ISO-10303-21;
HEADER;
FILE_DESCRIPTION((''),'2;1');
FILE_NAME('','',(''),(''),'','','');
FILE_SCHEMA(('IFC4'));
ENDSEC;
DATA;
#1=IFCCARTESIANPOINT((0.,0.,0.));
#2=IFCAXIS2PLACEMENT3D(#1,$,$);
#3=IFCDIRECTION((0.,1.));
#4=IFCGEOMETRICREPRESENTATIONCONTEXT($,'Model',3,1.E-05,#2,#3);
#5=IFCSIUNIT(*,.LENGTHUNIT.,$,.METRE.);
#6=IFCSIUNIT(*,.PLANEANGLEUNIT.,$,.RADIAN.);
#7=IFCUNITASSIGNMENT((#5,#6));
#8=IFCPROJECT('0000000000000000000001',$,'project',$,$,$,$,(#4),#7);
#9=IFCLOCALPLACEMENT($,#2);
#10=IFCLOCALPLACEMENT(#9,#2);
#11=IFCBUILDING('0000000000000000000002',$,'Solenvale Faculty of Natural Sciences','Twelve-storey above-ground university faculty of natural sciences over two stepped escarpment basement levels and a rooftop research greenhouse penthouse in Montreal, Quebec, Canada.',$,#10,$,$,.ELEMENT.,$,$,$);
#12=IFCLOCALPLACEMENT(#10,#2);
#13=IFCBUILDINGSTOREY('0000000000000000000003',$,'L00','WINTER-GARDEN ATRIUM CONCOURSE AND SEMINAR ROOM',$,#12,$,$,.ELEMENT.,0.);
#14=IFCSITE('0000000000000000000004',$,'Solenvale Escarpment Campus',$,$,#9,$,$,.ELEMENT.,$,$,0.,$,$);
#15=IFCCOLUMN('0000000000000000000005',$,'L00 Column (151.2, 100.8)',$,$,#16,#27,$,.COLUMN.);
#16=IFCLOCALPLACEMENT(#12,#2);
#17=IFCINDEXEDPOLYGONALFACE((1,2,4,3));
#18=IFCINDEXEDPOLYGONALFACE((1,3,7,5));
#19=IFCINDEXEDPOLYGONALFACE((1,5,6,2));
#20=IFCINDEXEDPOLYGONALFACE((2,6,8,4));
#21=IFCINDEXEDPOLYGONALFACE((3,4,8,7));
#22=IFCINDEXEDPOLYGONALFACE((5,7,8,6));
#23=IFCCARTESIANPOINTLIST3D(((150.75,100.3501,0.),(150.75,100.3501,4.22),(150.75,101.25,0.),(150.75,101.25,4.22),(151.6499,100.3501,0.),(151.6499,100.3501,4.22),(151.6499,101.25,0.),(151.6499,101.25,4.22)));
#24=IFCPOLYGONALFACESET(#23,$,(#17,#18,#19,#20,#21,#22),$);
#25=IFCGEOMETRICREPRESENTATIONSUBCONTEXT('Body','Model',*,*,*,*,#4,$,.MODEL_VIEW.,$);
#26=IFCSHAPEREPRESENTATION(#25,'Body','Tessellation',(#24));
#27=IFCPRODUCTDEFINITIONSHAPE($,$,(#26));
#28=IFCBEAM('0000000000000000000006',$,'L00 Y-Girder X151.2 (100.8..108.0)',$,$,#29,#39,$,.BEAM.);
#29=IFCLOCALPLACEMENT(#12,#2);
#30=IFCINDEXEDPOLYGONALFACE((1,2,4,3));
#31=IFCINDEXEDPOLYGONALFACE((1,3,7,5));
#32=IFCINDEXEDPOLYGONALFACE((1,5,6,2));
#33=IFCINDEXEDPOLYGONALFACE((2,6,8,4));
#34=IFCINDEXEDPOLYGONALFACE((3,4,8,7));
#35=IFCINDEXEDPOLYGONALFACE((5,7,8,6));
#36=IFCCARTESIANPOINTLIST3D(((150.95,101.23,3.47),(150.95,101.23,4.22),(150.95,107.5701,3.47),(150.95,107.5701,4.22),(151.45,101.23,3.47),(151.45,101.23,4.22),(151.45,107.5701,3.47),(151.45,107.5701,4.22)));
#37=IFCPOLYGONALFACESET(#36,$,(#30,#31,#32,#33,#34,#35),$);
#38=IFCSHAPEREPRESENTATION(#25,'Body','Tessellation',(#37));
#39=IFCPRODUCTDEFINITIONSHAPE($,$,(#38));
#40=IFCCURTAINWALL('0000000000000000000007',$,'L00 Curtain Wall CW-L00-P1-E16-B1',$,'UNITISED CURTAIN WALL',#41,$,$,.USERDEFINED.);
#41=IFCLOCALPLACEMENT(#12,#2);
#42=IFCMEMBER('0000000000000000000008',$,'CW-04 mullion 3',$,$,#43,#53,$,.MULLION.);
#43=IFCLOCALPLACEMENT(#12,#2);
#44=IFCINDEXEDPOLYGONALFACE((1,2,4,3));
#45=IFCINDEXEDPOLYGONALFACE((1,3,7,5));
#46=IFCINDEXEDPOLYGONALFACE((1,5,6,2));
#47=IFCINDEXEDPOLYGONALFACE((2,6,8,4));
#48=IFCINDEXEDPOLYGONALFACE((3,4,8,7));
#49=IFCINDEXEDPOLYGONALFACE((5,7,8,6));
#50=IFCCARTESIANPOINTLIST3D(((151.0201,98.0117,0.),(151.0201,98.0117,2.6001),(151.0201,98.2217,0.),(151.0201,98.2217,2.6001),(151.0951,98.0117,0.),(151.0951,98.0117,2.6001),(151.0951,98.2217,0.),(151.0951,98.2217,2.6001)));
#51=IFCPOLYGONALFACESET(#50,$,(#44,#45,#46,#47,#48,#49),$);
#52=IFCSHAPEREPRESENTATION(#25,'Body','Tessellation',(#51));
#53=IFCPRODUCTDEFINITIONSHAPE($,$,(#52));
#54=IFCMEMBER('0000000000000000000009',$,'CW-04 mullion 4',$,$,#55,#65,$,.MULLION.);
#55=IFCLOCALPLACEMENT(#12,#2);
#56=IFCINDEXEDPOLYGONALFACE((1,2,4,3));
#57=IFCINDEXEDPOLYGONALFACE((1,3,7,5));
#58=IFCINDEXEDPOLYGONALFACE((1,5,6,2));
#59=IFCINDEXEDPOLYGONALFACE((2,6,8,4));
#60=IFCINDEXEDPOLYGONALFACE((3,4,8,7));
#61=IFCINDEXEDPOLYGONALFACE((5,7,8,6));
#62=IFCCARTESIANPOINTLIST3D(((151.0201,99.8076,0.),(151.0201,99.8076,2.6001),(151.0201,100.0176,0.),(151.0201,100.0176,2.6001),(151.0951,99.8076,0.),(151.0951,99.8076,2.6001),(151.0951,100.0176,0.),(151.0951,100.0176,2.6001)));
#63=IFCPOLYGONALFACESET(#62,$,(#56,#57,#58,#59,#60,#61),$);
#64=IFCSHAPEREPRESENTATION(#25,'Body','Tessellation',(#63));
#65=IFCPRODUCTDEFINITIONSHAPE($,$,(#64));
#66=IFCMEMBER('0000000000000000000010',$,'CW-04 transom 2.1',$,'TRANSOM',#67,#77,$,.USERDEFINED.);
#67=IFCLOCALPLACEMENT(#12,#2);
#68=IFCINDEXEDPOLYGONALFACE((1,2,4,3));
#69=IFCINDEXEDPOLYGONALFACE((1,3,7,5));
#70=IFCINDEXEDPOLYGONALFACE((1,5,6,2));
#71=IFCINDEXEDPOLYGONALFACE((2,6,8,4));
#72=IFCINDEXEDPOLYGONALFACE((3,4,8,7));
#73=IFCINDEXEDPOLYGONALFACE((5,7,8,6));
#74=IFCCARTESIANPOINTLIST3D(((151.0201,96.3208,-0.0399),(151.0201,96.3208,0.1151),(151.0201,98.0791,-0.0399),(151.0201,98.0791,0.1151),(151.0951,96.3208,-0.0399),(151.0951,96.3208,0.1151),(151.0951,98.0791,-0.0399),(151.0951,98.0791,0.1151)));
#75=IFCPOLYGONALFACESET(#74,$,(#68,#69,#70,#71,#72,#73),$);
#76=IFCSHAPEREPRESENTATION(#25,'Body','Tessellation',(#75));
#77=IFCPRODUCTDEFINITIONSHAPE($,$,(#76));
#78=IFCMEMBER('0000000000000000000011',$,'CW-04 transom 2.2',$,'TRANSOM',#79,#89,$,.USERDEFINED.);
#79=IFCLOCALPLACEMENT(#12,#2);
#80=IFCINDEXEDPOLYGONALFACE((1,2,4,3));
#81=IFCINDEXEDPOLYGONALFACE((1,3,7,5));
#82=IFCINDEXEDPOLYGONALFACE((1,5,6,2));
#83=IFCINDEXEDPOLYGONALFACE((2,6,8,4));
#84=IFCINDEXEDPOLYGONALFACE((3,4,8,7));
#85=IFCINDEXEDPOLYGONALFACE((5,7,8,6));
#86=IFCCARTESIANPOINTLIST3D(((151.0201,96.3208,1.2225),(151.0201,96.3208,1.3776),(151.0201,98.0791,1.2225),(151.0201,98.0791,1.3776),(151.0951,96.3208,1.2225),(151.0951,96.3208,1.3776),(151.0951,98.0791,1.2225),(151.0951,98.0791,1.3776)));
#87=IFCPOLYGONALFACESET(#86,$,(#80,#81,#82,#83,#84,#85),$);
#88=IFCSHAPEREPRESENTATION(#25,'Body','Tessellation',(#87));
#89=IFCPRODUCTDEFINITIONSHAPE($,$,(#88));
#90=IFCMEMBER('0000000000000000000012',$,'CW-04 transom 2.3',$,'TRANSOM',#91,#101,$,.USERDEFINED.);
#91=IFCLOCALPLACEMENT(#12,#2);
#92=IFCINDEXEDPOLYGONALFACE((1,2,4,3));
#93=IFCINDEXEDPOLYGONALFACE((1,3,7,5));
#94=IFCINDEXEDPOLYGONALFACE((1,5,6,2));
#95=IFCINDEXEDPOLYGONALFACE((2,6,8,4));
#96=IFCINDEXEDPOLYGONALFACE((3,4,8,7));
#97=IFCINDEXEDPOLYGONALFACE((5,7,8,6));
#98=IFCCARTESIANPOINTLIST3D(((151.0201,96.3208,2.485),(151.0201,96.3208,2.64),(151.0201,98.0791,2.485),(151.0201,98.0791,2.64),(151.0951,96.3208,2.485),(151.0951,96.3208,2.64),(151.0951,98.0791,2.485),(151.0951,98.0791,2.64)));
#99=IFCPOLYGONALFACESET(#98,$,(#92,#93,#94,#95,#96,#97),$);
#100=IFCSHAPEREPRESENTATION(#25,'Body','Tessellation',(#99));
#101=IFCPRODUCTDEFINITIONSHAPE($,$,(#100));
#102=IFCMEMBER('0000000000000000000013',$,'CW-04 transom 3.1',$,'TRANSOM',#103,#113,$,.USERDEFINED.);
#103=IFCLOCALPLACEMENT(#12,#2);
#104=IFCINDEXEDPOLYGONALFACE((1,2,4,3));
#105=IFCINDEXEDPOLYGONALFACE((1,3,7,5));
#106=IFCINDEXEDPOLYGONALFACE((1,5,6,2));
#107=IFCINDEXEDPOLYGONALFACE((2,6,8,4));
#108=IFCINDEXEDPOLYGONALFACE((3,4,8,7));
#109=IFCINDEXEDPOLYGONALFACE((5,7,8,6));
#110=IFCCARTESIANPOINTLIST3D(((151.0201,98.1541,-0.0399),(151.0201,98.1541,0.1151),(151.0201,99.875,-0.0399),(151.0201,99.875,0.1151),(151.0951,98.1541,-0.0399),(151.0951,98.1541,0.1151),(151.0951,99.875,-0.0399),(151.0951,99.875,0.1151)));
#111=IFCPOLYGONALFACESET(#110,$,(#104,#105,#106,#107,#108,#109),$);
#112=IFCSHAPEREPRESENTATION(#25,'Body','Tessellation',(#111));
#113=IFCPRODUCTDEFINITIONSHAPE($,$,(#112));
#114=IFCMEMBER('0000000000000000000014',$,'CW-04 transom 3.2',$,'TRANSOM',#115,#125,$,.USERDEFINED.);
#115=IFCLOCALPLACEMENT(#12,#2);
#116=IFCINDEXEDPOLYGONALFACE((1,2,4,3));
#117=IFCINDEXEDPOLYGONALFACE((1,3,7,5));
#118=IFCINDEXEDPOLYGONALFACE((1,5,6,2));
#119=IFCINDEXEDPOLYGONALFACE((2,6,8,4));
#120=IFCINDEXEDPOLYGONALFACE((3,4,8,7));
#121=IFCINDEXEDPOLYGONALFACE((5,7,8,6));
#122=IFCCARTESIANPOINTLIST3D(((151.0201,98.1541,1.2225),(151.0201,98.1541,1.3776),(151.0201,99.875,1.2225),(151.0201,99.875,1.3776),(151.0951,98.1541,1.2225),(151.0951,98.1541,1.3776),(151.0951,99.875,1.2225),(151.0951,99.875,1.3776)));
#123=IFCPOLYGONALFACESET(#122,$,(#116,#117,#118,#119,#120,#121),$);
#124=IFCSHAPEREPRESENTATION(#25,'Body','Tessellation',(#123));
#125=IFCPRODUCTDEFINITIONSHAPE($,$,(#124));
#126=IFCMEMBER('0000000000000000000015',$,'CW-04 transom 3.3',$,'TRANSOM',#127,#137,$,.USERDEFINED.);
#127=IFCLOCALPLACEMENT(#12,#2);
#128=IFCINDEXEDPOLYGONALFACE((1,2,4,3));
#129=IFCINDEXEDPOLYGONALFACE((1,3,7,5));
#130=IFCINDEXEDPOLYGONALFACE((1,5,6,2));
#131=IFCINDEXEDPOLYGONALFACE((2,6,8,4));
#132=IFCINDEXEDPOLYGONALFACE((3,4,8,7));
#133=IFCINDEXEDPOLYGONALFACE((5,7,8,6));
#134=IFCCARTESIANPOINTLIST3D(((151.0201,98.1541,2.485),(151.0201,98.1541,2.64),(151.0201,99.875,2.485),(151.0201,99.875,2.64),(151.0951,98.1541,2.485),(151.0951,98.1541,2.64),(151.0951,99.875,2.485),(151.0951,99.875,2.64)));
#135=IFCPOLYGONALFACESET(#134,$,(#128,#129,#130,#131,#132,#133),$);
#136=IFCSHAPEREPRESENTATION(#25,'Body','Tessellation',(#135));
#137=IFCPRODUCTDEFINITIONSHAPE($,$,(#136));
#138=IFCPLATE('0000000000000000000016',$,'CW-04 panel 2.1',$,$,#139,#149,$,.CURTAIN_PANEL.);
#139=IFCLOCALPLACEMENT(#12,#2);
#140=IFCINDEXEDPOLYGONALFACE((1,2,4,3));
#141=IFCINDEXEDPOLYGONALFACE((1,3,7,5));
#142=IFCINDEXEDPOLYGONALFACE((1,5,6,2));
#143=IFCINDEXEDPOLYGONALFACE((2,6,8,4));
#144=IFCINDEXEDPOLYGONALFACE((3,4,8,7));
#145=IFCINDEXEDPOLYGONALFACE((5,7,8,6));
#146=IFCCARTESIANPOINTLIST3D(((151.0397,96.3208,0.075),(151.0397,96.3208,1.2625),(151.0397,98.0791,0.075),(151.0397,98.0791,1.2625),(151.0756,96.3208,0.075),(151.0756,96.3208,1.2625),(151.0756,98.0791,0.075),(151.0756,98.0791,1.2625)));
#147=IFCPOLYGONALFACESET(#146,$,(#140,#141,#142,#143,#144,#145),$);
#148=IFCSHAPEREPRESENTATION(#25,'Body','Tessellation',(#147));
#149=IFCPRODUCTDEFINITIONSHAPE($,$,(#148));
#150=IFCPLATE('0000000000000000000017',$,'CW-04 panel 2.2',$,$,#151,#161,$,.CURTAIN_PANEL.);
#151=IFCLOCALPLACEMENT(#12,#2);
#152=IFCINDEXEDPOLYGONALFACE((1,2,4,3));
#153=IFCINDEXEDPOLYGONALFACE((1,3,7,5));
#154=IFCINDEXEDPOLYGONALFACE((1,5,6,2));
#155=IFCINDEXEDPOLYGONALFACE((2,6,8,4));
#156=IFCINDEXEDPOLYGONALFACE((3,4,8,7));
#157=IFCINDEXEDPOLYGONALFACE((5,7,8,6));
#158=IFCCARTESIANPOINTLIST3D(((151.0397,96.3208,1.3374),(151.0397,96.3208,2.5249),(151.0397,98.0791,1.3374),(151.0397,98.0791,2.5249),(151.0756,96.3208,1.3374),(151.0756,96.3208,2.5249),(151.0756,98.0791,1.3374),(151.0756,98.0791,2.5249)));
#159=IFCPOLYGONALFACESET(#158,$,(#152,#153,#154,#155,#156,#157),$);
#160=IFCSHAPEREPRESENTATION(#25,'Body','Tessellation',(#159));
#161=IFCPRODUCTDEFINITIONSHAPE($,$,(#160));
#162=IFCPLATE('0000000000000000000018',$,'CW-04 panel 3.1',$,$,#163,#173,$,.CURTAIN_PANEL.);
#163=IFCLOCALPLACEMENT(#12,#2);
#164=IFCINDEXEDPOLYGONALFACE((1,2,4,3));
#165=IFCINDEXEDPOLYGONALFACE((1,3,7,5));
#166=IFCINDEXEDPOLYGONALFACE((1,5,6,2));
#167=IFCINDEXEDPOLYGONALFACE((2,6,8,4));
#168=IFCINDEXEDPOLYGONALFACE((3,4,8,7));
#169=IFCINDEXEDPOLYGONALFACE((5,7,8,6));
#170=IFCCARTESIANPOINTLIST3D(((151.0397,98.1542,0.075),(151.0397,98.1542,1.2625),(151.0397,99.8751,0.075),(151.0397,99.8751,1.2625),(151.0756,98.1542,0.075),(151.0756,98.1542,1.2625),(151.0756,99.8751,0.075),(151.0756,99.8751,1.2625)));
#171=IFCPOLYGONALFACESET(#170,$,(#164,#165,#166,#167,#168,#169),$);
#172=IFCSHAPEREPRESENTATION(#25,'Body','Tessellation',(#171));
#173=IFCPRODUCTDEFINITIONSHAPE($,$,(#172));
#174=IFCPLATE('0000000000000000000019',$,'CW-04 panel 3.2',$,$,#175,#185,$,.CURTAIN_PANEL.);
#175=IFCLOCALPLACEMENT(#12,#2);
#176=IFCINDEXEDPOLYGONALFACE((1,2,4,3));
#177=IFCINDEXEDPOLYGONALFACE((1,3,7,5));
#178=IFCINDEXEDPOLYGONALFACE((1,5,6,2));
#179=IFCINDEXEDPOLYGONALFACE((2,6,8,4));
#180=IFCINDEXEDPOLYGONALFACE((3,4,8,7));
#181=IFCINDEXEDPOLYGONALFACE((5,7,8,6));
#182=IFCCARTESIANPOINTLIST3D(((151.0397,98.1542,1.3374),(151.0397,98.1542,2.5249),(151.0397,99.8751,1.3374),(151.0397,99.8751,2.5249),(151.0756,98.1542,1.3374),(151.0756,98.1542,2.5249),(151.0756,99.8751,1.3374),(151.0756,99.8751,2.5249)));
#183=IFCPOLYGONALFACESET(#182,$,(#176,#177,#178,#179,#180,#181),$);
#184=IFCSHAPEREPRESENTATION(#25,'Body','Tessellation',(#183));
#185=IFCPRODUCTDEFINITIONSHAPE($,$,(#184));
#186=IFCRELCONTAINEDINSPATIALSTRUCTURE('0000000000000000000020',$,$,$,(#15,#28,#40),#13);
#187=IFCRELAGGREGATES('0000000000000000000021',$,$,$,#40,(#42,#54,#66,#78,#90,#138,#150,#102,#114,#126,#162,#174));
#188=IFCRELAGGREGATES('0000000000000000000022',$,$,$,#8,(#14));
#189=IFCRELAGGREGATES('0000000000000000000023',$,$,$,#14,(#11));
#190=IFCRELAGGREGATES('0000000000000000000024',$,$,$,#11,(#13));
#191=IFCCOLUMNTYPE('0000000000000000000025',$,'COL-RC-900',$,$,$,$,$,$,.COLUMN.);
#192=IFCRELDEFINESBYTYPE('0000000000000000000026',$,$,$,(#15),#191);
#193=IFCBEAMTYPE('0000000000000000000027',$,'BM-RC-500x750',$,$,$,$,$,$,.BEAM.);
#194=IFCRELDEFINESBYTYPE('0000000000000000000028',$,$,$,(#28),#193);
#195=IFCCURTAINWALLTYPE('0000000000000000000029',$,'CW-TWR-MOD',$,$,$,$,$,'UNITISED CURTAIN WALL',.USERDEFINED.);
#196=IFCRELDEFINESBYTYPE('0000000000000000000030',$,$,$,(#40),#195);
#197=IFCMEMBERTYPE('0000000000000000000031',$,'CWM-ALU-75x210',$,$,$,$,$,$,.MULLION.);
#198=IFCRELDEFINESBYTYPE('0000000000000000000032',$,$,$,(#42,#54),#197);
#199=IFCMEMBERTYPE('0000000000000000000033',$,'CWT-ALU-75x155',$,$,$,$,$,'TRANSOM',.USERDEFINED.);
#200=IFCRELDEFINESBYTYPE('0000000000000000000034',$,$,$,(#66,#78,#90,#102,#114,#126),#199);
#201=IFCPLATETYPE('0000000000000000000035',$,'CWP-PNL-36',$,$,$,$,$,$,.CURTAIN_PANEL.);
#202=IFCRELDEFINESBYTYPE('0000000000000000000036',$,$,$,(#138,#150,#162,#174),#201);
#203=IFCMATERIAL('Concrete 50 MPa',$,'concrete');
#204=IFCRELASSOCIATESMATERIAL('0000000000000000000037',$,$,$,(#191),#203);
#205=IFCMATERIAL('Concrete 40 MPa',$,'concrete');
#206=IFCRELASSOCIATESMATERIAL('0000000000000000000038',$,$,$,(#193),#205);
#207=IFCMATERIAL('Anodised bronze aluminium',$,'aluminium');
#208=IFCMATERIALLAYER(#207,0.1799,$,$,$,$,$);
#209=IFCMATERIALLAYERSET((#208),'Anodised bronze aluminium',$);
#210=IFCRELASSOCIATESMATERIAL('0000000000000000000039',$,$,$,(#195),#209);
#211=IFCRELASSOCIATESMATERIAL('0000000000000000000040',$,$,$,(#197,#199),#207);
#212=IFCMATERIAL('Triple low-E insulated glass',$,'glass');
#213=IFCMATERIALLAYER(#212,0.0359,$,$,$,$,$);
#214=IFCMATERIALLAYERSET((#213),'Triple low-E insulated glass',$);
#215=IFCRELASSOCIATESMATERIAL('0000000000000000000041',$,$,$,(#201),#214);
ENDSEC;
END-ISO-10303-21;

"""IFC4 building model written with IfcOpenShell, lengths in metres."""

from ifc_helpers import new_model, si_unit, direction, frame, origin, origin_2d, place, context, subcontext, project, spatial, rectangle, extrude, material, layer, layer_set, material_profile, profile_set, type_object, element, aggregate, save


model = new_model("IFC4")

# Units and contexts
model_context = context("Model", 3, precision=1e-05, world=origin(), true_north=direction((0.0, 1.0)))
body_context = subcontext(model_context, "Body", "Model", "MODEL_VIEW")
ifc_project = project(units=[si_unit("LENGTHUNIT", "METRE"), si_unit("PLANEANGLEUNIT", "RADIAN")], contexts=[model_context])

# Site, building, storey
site_placement = place(None, origin())
site = spatial("IfcSite", under=ifc_project, at=site_placement, Name="Solenvale Escarpment Campus", CompositionType="ELEMENT", RefElevation=0.0)
building_placement = place(site_placement, origin())
building = spatial("IfcBuilding", under=site, at=building_placement, Name="Solenvale Faculty of Natural Sciences", Description="Twelve-storey above-ground university faculty of natural sciences over two stepped escarpment basement levels and a rooftop research greenhouse penthouse in Montreal, Quebec, Canada.", CompositionType="ELEMENT")
storey_placement = place(building_placement, origin())
storey = spatial("IfcBuildingStorey", under=building, at=storey_placement, Name="L00", Description="WINTER-GARDEN ATRIUM CONCOURSE AND SEMINAR ROOM", CompositionType="ELEMENT", Elevation=0.0)

# Column
ifc_material_1 = material(Name="Concrete 50 MPa", Category="concrete")
ifc_material_profile_1 = material_profile(ifc_material_1, rectangle(XDim=0.8999, YDim=0.8999, at=origin_2d()), Name="RC-COL-900x900")
ifc_profile_set_1 = profile_set([ifc_material_profile_1], Name="Concrete 50 MPa")
column_type = type_object("IfcColumnType", Name="COL-RC-900", PredefinedType="COLUMN", material=ifc_profile_set_1)
column_placement = place(storey_placement, frame((151.2, 100.8, 0.0), z_axis=(0.0, 0.0, 1.0), x_axis=(1.0, 0.0, 0.0)))
element("IfcColumn", 1, at=column_placement, inside=storey, type_object=column_type, Name="L00 Column (151.2, 100.8)", PredefinedType="COLUMN", context=body_context, shape_type="SweptSolid", body=[
    extrude(rectangle(XDim=0.8999, YDim=0.8999, at=origin_2d()), origin(), (0.0, 0.0, 1.0), 4.22),
])

# Beam
ifc_material_2 = material(Name="Concrete 40 MPa", Category="concrete")
ifc_material_profile_2 = material_profile(ifc_material_2, rectangle(XDim=0.5, YDim=0.75, at=origin_2d()), Name="RC-BM-500x750")
ifc_profile_set_2 = profile_set([ifc_material_profile_2], Name="Concrete 40 MPa")
beam_type = type_object("IfcBeamType", Name="BM-RC-500x750", PredefinedType="BEAM", material=ifc_profile_set_2)
beam_placement = place(storey_placement, frame((151.2, 101.23, 3.845), z_axis=(0.0, 1.0, 0.0), x_axis=(-1.0, 0.0, 0.0)))
element("IfcBeam", 2, at=beam_placement, inside=storey, type_object=beam_type, Name="L00 Y-Girder X151.2 (100.8..108.0)", PredefinedType="BEAM", context=body_context, shape_type="SweptSolid", body=[
    extrude(rectangle(XDim=0.5, YDim=0.75, at=origin_2d()), origin(), (0.0, 0.0, 1.0), 6.3401),
])

# Curtain wall, members, plates
ifc_material_3 = material(Name="Anodised bronze aluminium", Category="aluminium")
ifc_layer_1 = layer(ifc_material_3, 0.1799)
ifc_layer_set_1 = layer_set([ifc_layer_1], Name="Anodised bronze aluminium")
curtain_wall_type = type_object("IfcCurtainWallType", Name="CW-TWR-MOD", ElementType="UNITISED CURTAIN WALL", PredefinedType="USERDEFINED", material=ifc_layer_set_1)
curtain_wall_placement = place(storey_placement, origin())
curtain_wall = element("IfcCurtainWall", 3, at=curtain_wall_placement, inside=storey, type_object=curtain_wall_type, Name="L00 Curtain Wall CW-L00-P1-E16-B1", ObjectType="UNITISED CURTAIN WALL", PredefinedType="USERDEFINED")
ifc_material_profile_3 = material_profile(ifc_material_3, rectangle(XDim=0.075, YDim=0.21, at=origin_2d()), Name="ALU-MUL-75x210")
ifc_profile_set_3 = profile_set([ifc_material_profile_3], Name="Anodised bronze aluminium")
member_type_1 = type_object("IfcMemberType", Name="CWM-ALU-75x210", PredefinedType="MULLION", material=ifc_profile_set_3)
member_1_placement = place(storey_placement, frame((151.0576, 98.1167, 0.0), z_axis=(0.0, 0.0, 1.0), x_axis=(-1.0, 0.0, 0.0)))
member_1 = element("IfcMember", 4, at=member_1_placement, type_object=member_type_1, Name="CW-04 mullion 3", PredefinedType="MULLION", context=body_context, shape_type="SweptSolid", body=[
    extrude(rectangle(XDim=0.075, YDim=0.21, at=origin_2d()), origin(), (0.0, 0.0, 1.0), 2.6001),
])
member_2_placement = place(storey_placement, frame((151.0576, 99.9126, 0.0), z_axis=(0.0, 0.0, 1.0), x_axis=(-1.0, 0.0, 0.0)))
member_2 = element("IfcMember", 5, at=member_2_placement, type_object=member_type_1, Name="CW-04 mullion 4", PredefinedType="MULLION", context=body_context, shape_type="SweptSolid", body=[
    extrude(rectangle(XDim=0.075, YDim=0.21, at=origin_2d()), origin(), (0.0, 0.0, 1.0), 2.6001),
])
ifc_material_profile_4 = material_profile(ifc_material_3, rectangle(XDim=0.075, YDim=0.155, at=origin_2d()), Name="ALU-TRN-75x155")
ifc_profile_set_4 = profile_set([ifc_material_profile_4], Name="Anodised bronze aluminium")
member_type_2 = type_object("IfcMemberType", Name="CWT-ALU-75x155", ElementType="TRANSOM", PredefinedType="USERDEFINED", material=ifc_profile_set_4)
member_3_placement = place(storey_placement, frame((151.0576, 96.3208, 0.0376), z_axis=(0.0, 1.0, 0.0), x_axis=(-1.0, 0.0, 0.0)))
member_3 = element("IfcMember", 6, at=member_3_placement, type_object=member_type_2, Name="CW-04 transom 2.1", ObjectType="TRANSOM", PredefinedType="USERDEFINED", context=body_context, shape_type="SweptSolid", body=[
    extrude(rectangle(XDim=0.075, YDim=0.155, at=origin_2d()), origin(), (0.0, 0.0, 1.0), 1.7583),
])
member_4_placement = place(storey_placement, frame((151.0576, 96.3208, 1.3), z_axis=(0.0, 1.0, 0.0), x_axis=(-1.0, 0.0, 0.0)))
member_4 = element("IfcMember", 7, at=member_4_placement, type_object=member_type_2, Name="CW-04 transom 2.2", ObjectType="TRANSOM", PredefinedType="USERDEFINED", context=body_context, shape_type="SweptSolid", body=[
    extrude(rectangle(XDim=0.075, YDim=0.155, at=origin_2d()), origin(), (0.0, 0.0, 1.0), 1.7583),
])
member_5_placement = place(storey_placement, frame((151.0576, 96.3208, 2.5625), z_axis=(0.0, 1.0, 0.0), x_axis=(-1.0, 0.0, 0.0)))
member_5 = element("IfcMember", 8, at=member_5_placement, type_object=member_type_2, Name="CW-04 transom 2.3", ObjectType="TRANSOM", PredefinedType="USERDEFINED", context=body_context, shape_type="SweptSolid", body=[
    extrude(rectangle(XDim=0.075, YDim=0.155, at=origin_2d()), origin(), (0.0, 0.0, 1.0), 1.7583),
])
member_6_placement = place(storey_placement, frame((151.0576, 98.1541, 0.0376), z_axis=(0.0, 1.0, 0.0), x_axis=(-1.0, 0.0, 0.0)))
member_6 = element("IfcMember", 9, at=member_6_placement, type_object=member_type_2, Name="CW-04 transom 3.1", ObjectType="TRANSOM", PredefinedType="USERDEFINED", context=body_context, shape_type="SweptSolid", body=[
    extrude(rectangle(XDim=0.075, YDim=0.155, at=origin_2d()), origin(), (0.0, 0.0, 1.0), 1.7209),
])
member_7_placement = place(storey_placement, frame((151.0576, 98.1541, 1.3), z_axis=(0.0, 1.0, 0.0), x_axis=(-1.0, 0.0, 0.0)))
member_7 = element("IfcMember", 10, at=member_7_placement, type_object=member_type_2, Name="CW-04 transom 3.2", ObjectType="TRANSOM", PredefinedType="USERDEFINED", context=body_context, shape_type="SweptSolid", body=[
    extrude(rectangle(XDim=0.075, YDim=0.155, at=origin_2d()), origin(), (0.0, 0.0, 1.0), 1.7209),
])
member_8_placement = place(storey_placement, frame((151.0576, 98.1541, 2.5625), z_axis=(0.0, 1.0, 0.0), x_axis=(-1.0, 0.0, 0.0)))
member_8 = element("IfcMember", 11, at=member_8_placement, type_object=member_type_2, Name="CW-04 transom 3.3", ObjectType="TRANSOM", PredefinedType="USERDEFINED", context=body_context, shape_type="SweptSolid", body=[
    extrude(rectangle(XDim=0.075, YDim=0.155, at=origin_2d()), origin(), (0.0, 0.0, 1.0), 1.7209),
])
ifc_material_4 = material(Name="Triple low-E insulated glass", Category="glass")
ifc_layer_2 = layer(ifc_material_4, 0.0359)
ifc_layer_set_2 = layer_set([ifc_layer_2], Name="Triple low-E insulated glass")
plate_type = type_object("IfcPlateType", Name="CWP-PNL-36", PredefinedType="CURTAIN_PANEL", material=ifc_layer_set_2)
plate_1_placement = place(storey_placement, frame((151.0576, 97.2, 0.075), z_axis=(0.0, 0.0, 1.0), x_axis=(0.0, 1.0, 0.0)))
plate_1 = element("IfcPlate", 12, at=plate_1_placement, type_object=plate_type, Name="CW-04 panel 2.1", PredefinedType="CURTAIN_PANEL", context=body_context, shape_type="SweptSolid", body=[
    extrude(rectangle(XDim=1.7583, YDim=0.0359, at=origin_2d()), origin(), (0.0, 0.0, 1.0), 1.1875),
])
plate_2_placement = place(storey_placement, frame((151.0576, 97.2, 1.3374), z_axis=(0.0, 0.0, 1.0), x_axis=(0.0, 1.0, 0.0)))
plate_2 = element("IfcPlate", 13, at=plate_2_placement, type_object=plate_type, Name="CW-04 panel 2.2", PredefinedType="CURTAIN_PANEL", context=body_context, shape_type="SweptSolid", body=[
    extrude(rectangle(XDim=1.7583, YDim=0.0359, at=origin_2d()), origin(), (0.0, 0.0, 1.0), 1.1875),
])
plate_3_placement = place(storey_placement, frame((151.0576, 99.0146, 0.075), z_axis=(0.0, 0.0, 1.0), x_axis=(0.0, 1.0, 0.0)))
plate_3 = element("IfcPlate", 14, at=plate_3_placement, type_object=plate_type, Name="CW-04 panel 3.1", PredefinedType="CURTAIN_PANEL", context=body_context, shape_type="SweptSolid", body=[
    extrude(rectangle(XDim=1.7209, YDim=0.0359, at=origin_2d()), origin(), (0.0, 0.0, 1.0), 1.1875),
])
plate_4_placement = place(storey_placement, frame((151.0576, 99.0146, 1.3374), z_axis=(0.0, 0.0, 1.0), x_axis=(0.0, 1.0, 0.0)))
plate_4 = element("IfcPlate", 15, at=plate_4_placement, type_object=plate_type, Name="CW-04 panel 3.2", PredefinedType="CURTAIN_PANEL", context=body_context, shape_type="SweptSolid", body=[
    extrude(rectangle(XDim=1.7209, YDim=0.0359, at=origin_2d()), origin(), (0.0, 0.0, 1.0), 1.1875),
])
aggregate(curtain_wall, [member_1, member_2, member_3, member_4, member_5, plate_1, plate_2, member_6, member_7, member_8, plate_3, plate_4])

save(model, "model.ifc")
